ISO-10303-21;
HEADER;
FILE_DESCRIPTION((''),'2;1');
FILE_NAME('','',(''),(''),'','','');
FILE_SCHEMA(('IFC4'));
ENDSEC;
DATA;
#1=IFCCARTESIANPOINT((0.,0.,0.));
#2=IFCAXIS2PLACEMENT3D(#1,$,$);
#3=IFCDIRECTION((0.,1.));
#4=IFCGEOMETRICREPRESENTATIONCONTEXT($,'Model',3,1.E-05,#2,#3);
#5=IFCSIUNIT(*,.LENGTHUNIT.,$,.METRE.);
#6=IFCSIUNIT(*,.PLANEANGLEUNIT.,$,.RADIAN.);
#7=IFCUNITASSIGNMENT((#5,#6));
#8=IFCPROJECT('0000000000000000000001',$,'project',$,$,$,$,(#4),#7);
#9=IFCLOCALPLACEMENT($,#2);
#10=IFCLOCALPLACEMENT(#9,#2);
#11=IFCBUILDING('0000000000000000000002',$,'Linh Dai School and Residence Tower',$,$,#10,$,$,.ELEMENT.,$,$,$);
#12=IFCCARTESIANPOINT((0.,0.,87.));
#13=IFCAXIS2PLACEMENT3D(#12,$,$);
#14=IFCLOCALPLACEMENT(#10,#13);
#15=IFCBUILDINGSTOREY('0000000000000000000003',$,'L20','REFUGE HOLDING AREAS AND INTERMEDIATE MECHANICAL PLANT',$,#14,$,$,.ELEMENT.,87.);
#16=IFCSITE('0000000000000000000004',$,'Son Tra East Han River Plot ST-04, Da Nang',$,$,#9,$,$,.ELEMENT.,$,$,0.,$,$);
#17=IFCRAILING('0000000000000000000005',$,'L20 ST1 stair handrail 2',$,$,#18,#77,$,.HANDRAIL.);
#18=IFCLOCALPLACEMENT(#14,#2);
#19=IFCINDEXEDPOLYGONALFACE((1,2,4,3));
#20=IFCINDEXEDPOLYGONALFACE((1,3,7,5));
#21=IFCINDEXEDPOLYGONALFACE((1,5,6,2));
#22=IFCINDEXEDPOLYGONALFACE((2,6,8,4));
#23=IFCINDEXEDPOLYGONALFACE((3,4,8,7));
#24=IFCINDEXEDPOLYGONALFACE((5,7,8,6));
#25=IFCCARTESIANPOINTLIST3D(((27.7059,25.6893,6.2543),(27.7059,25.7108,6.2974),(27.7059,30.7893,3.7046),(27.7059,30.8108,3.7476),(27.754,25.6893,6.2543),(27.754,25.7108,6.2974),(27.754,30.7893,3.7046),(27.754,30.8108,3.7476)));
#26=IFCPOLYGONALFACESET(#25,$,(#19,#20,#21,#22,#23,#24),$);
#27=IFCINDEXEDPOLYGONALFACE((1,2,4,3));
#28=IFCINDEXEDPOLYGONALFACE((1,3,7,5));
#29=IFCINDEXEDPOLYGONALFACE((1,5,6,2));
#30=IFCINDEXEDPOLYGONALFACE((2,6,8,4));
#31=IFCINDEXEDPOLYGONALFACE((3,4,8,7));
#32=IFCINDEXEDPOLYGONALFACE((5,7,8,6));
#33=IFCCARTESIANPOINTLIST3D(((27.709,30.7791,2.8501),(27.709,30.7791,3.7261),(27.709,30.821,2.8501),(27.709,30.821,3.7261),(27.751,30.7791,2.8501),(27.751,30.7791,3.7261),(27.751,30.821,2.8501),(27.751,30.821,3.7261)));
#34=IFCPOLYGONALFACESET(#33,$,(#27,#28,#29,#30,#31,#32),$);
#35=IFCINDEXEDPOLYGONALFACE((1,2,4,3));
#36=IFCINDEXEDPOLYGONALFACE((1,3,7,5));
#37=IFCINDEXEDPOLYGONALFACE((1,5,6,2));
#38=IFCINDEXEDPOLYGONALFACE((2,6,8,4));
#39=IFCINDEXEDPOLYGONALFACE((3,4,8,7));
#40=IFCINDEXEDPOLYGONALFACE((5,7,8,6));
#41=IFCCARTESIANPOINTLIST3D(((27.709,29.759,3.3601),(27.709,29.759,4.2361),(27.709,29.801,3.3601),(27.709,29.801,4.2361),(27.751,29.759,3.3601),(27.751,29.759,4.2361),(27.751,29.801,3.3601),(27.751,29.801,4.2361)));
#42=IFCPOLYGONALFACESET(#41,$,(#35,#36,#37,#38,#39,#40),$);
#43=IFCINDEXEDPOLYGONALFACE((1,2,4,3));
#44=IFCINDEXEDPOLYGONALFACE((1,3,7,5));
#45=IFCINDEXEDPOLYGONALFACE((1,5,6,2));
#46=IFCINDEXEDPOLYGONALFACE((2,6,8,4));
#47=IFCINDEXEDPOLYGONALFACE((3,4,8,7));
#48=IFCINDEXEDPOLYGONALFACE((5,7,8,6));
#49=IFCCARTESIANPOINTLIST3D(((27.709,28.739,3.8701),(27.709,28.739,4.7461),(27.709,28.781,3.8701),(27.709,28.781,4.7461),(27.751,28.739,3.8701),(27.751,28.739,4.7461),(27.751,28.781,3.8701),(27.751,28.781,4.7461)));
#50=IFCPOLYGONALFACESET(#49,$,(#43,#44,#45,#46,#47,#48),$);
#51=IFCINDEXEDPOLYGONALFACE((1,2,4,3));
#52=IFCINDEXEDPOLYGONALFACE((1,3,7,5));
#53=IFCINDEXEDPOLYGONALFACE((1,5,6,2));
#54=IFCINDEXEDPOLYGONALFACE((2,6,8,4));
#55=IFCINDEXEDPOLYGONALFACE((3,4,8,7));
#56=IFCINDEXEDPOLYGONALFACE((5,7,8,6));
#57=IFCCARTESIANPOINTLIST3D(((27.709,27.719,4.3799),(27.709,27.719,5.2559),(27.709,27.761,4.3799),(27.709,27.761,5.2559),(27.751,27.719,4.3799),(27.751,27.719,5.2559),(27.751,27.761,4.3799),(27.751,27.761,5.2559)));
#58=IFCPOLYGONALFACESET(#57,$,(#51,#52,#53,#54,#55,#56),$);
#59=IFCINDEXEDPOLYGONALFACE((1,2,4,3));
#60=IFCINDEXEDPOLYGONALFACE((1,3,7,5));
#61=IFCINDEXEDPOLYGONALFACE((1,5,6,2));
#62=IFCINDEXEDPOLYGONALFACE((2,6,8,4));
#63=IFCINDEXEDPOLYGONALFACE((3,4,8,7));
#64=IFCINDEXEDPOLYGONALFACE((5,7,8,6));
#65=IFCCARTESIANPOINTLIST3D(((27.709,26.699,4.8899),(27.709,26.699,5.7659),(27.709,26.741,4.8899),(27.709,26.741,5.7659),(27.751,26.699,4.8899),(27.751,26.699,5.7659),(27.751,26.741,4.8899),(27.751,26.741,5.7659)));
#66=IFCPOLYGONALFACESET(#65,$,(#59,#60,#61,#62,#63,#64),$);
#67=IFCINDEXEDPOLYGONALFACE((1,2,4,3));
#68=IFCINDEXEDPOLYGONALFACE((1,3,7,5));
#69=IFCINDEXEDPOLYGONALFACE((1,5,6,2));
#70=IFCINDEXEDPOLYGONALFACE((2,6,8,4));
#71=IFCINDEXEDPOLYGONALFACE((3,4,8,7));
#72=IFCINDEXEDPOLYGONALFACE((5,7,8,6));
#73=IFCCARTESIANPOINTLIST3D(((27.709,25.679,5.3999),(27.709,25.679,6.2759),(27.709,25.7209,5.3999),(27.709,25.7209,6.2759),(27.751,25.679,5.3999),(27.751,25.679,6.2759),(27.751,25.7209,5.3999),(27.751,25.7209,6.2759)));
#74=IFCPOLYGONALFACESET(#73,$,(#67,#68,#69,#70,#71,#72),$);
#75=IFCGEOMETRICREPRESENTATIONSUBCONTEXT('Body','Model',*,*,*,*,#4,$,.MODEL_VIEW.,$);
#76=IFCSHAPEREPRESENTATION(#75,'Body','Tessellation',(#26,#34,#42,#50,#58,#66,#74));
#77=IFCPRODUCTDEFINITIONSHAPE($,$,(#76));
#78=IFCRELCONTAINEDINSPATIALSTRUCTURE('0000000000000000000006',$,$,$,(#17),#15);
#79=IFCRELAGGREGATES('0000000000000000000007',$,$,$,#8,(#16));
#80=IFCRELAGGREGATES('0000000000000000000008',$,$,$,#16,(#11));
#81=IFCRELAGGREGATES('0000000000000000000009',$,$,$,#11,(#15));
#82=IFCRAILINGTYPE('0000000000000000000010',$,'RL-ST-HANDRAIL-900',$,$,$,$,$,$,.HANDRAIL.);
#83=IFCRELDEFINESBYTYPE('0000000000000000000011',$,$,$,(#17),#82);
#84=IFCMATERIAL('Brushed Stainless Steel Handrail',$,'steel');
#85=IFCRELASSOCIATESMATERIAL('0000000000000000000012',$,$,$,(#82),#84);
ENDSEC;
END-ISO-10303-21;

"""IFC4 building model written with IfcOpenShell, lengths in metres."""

from ifc_helpers import new_model, si_unit, direction, frame, origin, origin_2d, place, context, subcontext, project, spatial, rectangle, extrude, source, transform, mapped, material, type_object, element, save


model = new_model("IFC4")

# Units and contexts
model_context = context("Model", 3, precision=1e-05, world=origin(), true_north=direction((0.0, 1.0)))
body_context = subcontext(model_context, "Body", "Model", "MODEL_VIEW")
ifc_project = project(units=[si_unit("LENGTHUNIT", "METRE"), si_unit("PLANEANGLEUNIT", "RADIAN")], contexts=[model_context])

# Site, building, storey
site_placement = place(None, origin())
site = spatial("IfcSite", under=ifc_project, at=site_placement, Name="Son Tra East Han River Plot ST-04, Da Nang", CompositionType="ELEMENT", RefElevation=0.0)
building_placement = place(site_placement, origin())
building = spatial("IfcBuilding", under=site, at=building_placement, Name="Linh Dai School and Residence Tower", CompositionType="ELEMENT")
storey_placement = place(building_placement, frame((0.0, 0.0, 87.0)))
storey = spatial("IfcBuildingStorey", under=building, at=storey_placement, Name="L20", Description="REFUGE HOLDING AREAS AND INTERMEDIATE MECHANICAL PLANT", CompositionType="ELEMENT", Elevation=87.0)

# Railing
ifc_material_1 = material(Name="Brushed Stainless Steel Handrail", Category="steel")
railing_type_1 = type_object("IfcRailingType", Name="RL-ST-HANDRAIL-900", PredefinedType="HANDRAIL", material=ifc_material_1)
shared_shape_1 = source(origin(), body_context, "Body", "SweptSolid", [
    extrude(rectangle(XDim=0.0481, YDim=0.0481, at=origin_2d()), frame((0.0, 0.0, 0.876), z_axis=(0.0, -0.894444, 0.447179), x_axis=(1.0, 0.0, 0.0)), (0.0, 0.0, 1.0), 5.7019),
    extrude(rectangle(XDim=0.042, YDim=0.042, at=origin_2d()), origin(), (0.0, 0.0, 1.0), 0.876),
    extrude(rectangle(XDim=0.042, YDim=0.042, at=origin_2d()), frame((0.0, -1.02, 0.51)), (0.0, 0.0, 1.0), 0.876),
    extrude(rectangle(XDim=0.042, YDim=0.042, at=origin_2d()), frame((0.0, -2.04, 1.02)), (0.0, 0.0, 1.0), 0.876),
    extrude(rectangle(XDim=0.042, YDim=0.042, at=origin_2d()), frame((0.0, -3.0601, 1.5298)), (0.0, 0.0, 1.0), 0.876),
    extrude(rectangle(XDim=0.042, YDim=0.042, at=origin_2d()), frame((0.0, -4.0801, 2.0398)), (0.0, 0.0, 1.0), 0.876),
    extrude(rectangle(XDim=0.042, YDim=0.042, at=origin_2d()), frame((0.0, -5.1001, 2.5498)), (0.0, 0.0, 1.0), 0.876),
])
railing_1_placement = place(storey_placement, frame((27.73, 30.8, 2.8501)))
element("IfcRailing", 1, at=railing_1_placement, inside=storey, type_object=railing_type_1, Name="L20 ST1 stair handrail 2", PredefinedType="HANDRAIL", context=body_context, shape_type="MappedRepresentation", body=[
    mapped(shared_shape_1, transform((0.0, 0.0, 0.0), x_axis=(1.0, 0.0, 0.0), y_axis=(0.0, 1.0, 0.0), z_axis=(0.0, 0.0, 1.0), scale=1.0)),
])

save(model, "model.ifc")
